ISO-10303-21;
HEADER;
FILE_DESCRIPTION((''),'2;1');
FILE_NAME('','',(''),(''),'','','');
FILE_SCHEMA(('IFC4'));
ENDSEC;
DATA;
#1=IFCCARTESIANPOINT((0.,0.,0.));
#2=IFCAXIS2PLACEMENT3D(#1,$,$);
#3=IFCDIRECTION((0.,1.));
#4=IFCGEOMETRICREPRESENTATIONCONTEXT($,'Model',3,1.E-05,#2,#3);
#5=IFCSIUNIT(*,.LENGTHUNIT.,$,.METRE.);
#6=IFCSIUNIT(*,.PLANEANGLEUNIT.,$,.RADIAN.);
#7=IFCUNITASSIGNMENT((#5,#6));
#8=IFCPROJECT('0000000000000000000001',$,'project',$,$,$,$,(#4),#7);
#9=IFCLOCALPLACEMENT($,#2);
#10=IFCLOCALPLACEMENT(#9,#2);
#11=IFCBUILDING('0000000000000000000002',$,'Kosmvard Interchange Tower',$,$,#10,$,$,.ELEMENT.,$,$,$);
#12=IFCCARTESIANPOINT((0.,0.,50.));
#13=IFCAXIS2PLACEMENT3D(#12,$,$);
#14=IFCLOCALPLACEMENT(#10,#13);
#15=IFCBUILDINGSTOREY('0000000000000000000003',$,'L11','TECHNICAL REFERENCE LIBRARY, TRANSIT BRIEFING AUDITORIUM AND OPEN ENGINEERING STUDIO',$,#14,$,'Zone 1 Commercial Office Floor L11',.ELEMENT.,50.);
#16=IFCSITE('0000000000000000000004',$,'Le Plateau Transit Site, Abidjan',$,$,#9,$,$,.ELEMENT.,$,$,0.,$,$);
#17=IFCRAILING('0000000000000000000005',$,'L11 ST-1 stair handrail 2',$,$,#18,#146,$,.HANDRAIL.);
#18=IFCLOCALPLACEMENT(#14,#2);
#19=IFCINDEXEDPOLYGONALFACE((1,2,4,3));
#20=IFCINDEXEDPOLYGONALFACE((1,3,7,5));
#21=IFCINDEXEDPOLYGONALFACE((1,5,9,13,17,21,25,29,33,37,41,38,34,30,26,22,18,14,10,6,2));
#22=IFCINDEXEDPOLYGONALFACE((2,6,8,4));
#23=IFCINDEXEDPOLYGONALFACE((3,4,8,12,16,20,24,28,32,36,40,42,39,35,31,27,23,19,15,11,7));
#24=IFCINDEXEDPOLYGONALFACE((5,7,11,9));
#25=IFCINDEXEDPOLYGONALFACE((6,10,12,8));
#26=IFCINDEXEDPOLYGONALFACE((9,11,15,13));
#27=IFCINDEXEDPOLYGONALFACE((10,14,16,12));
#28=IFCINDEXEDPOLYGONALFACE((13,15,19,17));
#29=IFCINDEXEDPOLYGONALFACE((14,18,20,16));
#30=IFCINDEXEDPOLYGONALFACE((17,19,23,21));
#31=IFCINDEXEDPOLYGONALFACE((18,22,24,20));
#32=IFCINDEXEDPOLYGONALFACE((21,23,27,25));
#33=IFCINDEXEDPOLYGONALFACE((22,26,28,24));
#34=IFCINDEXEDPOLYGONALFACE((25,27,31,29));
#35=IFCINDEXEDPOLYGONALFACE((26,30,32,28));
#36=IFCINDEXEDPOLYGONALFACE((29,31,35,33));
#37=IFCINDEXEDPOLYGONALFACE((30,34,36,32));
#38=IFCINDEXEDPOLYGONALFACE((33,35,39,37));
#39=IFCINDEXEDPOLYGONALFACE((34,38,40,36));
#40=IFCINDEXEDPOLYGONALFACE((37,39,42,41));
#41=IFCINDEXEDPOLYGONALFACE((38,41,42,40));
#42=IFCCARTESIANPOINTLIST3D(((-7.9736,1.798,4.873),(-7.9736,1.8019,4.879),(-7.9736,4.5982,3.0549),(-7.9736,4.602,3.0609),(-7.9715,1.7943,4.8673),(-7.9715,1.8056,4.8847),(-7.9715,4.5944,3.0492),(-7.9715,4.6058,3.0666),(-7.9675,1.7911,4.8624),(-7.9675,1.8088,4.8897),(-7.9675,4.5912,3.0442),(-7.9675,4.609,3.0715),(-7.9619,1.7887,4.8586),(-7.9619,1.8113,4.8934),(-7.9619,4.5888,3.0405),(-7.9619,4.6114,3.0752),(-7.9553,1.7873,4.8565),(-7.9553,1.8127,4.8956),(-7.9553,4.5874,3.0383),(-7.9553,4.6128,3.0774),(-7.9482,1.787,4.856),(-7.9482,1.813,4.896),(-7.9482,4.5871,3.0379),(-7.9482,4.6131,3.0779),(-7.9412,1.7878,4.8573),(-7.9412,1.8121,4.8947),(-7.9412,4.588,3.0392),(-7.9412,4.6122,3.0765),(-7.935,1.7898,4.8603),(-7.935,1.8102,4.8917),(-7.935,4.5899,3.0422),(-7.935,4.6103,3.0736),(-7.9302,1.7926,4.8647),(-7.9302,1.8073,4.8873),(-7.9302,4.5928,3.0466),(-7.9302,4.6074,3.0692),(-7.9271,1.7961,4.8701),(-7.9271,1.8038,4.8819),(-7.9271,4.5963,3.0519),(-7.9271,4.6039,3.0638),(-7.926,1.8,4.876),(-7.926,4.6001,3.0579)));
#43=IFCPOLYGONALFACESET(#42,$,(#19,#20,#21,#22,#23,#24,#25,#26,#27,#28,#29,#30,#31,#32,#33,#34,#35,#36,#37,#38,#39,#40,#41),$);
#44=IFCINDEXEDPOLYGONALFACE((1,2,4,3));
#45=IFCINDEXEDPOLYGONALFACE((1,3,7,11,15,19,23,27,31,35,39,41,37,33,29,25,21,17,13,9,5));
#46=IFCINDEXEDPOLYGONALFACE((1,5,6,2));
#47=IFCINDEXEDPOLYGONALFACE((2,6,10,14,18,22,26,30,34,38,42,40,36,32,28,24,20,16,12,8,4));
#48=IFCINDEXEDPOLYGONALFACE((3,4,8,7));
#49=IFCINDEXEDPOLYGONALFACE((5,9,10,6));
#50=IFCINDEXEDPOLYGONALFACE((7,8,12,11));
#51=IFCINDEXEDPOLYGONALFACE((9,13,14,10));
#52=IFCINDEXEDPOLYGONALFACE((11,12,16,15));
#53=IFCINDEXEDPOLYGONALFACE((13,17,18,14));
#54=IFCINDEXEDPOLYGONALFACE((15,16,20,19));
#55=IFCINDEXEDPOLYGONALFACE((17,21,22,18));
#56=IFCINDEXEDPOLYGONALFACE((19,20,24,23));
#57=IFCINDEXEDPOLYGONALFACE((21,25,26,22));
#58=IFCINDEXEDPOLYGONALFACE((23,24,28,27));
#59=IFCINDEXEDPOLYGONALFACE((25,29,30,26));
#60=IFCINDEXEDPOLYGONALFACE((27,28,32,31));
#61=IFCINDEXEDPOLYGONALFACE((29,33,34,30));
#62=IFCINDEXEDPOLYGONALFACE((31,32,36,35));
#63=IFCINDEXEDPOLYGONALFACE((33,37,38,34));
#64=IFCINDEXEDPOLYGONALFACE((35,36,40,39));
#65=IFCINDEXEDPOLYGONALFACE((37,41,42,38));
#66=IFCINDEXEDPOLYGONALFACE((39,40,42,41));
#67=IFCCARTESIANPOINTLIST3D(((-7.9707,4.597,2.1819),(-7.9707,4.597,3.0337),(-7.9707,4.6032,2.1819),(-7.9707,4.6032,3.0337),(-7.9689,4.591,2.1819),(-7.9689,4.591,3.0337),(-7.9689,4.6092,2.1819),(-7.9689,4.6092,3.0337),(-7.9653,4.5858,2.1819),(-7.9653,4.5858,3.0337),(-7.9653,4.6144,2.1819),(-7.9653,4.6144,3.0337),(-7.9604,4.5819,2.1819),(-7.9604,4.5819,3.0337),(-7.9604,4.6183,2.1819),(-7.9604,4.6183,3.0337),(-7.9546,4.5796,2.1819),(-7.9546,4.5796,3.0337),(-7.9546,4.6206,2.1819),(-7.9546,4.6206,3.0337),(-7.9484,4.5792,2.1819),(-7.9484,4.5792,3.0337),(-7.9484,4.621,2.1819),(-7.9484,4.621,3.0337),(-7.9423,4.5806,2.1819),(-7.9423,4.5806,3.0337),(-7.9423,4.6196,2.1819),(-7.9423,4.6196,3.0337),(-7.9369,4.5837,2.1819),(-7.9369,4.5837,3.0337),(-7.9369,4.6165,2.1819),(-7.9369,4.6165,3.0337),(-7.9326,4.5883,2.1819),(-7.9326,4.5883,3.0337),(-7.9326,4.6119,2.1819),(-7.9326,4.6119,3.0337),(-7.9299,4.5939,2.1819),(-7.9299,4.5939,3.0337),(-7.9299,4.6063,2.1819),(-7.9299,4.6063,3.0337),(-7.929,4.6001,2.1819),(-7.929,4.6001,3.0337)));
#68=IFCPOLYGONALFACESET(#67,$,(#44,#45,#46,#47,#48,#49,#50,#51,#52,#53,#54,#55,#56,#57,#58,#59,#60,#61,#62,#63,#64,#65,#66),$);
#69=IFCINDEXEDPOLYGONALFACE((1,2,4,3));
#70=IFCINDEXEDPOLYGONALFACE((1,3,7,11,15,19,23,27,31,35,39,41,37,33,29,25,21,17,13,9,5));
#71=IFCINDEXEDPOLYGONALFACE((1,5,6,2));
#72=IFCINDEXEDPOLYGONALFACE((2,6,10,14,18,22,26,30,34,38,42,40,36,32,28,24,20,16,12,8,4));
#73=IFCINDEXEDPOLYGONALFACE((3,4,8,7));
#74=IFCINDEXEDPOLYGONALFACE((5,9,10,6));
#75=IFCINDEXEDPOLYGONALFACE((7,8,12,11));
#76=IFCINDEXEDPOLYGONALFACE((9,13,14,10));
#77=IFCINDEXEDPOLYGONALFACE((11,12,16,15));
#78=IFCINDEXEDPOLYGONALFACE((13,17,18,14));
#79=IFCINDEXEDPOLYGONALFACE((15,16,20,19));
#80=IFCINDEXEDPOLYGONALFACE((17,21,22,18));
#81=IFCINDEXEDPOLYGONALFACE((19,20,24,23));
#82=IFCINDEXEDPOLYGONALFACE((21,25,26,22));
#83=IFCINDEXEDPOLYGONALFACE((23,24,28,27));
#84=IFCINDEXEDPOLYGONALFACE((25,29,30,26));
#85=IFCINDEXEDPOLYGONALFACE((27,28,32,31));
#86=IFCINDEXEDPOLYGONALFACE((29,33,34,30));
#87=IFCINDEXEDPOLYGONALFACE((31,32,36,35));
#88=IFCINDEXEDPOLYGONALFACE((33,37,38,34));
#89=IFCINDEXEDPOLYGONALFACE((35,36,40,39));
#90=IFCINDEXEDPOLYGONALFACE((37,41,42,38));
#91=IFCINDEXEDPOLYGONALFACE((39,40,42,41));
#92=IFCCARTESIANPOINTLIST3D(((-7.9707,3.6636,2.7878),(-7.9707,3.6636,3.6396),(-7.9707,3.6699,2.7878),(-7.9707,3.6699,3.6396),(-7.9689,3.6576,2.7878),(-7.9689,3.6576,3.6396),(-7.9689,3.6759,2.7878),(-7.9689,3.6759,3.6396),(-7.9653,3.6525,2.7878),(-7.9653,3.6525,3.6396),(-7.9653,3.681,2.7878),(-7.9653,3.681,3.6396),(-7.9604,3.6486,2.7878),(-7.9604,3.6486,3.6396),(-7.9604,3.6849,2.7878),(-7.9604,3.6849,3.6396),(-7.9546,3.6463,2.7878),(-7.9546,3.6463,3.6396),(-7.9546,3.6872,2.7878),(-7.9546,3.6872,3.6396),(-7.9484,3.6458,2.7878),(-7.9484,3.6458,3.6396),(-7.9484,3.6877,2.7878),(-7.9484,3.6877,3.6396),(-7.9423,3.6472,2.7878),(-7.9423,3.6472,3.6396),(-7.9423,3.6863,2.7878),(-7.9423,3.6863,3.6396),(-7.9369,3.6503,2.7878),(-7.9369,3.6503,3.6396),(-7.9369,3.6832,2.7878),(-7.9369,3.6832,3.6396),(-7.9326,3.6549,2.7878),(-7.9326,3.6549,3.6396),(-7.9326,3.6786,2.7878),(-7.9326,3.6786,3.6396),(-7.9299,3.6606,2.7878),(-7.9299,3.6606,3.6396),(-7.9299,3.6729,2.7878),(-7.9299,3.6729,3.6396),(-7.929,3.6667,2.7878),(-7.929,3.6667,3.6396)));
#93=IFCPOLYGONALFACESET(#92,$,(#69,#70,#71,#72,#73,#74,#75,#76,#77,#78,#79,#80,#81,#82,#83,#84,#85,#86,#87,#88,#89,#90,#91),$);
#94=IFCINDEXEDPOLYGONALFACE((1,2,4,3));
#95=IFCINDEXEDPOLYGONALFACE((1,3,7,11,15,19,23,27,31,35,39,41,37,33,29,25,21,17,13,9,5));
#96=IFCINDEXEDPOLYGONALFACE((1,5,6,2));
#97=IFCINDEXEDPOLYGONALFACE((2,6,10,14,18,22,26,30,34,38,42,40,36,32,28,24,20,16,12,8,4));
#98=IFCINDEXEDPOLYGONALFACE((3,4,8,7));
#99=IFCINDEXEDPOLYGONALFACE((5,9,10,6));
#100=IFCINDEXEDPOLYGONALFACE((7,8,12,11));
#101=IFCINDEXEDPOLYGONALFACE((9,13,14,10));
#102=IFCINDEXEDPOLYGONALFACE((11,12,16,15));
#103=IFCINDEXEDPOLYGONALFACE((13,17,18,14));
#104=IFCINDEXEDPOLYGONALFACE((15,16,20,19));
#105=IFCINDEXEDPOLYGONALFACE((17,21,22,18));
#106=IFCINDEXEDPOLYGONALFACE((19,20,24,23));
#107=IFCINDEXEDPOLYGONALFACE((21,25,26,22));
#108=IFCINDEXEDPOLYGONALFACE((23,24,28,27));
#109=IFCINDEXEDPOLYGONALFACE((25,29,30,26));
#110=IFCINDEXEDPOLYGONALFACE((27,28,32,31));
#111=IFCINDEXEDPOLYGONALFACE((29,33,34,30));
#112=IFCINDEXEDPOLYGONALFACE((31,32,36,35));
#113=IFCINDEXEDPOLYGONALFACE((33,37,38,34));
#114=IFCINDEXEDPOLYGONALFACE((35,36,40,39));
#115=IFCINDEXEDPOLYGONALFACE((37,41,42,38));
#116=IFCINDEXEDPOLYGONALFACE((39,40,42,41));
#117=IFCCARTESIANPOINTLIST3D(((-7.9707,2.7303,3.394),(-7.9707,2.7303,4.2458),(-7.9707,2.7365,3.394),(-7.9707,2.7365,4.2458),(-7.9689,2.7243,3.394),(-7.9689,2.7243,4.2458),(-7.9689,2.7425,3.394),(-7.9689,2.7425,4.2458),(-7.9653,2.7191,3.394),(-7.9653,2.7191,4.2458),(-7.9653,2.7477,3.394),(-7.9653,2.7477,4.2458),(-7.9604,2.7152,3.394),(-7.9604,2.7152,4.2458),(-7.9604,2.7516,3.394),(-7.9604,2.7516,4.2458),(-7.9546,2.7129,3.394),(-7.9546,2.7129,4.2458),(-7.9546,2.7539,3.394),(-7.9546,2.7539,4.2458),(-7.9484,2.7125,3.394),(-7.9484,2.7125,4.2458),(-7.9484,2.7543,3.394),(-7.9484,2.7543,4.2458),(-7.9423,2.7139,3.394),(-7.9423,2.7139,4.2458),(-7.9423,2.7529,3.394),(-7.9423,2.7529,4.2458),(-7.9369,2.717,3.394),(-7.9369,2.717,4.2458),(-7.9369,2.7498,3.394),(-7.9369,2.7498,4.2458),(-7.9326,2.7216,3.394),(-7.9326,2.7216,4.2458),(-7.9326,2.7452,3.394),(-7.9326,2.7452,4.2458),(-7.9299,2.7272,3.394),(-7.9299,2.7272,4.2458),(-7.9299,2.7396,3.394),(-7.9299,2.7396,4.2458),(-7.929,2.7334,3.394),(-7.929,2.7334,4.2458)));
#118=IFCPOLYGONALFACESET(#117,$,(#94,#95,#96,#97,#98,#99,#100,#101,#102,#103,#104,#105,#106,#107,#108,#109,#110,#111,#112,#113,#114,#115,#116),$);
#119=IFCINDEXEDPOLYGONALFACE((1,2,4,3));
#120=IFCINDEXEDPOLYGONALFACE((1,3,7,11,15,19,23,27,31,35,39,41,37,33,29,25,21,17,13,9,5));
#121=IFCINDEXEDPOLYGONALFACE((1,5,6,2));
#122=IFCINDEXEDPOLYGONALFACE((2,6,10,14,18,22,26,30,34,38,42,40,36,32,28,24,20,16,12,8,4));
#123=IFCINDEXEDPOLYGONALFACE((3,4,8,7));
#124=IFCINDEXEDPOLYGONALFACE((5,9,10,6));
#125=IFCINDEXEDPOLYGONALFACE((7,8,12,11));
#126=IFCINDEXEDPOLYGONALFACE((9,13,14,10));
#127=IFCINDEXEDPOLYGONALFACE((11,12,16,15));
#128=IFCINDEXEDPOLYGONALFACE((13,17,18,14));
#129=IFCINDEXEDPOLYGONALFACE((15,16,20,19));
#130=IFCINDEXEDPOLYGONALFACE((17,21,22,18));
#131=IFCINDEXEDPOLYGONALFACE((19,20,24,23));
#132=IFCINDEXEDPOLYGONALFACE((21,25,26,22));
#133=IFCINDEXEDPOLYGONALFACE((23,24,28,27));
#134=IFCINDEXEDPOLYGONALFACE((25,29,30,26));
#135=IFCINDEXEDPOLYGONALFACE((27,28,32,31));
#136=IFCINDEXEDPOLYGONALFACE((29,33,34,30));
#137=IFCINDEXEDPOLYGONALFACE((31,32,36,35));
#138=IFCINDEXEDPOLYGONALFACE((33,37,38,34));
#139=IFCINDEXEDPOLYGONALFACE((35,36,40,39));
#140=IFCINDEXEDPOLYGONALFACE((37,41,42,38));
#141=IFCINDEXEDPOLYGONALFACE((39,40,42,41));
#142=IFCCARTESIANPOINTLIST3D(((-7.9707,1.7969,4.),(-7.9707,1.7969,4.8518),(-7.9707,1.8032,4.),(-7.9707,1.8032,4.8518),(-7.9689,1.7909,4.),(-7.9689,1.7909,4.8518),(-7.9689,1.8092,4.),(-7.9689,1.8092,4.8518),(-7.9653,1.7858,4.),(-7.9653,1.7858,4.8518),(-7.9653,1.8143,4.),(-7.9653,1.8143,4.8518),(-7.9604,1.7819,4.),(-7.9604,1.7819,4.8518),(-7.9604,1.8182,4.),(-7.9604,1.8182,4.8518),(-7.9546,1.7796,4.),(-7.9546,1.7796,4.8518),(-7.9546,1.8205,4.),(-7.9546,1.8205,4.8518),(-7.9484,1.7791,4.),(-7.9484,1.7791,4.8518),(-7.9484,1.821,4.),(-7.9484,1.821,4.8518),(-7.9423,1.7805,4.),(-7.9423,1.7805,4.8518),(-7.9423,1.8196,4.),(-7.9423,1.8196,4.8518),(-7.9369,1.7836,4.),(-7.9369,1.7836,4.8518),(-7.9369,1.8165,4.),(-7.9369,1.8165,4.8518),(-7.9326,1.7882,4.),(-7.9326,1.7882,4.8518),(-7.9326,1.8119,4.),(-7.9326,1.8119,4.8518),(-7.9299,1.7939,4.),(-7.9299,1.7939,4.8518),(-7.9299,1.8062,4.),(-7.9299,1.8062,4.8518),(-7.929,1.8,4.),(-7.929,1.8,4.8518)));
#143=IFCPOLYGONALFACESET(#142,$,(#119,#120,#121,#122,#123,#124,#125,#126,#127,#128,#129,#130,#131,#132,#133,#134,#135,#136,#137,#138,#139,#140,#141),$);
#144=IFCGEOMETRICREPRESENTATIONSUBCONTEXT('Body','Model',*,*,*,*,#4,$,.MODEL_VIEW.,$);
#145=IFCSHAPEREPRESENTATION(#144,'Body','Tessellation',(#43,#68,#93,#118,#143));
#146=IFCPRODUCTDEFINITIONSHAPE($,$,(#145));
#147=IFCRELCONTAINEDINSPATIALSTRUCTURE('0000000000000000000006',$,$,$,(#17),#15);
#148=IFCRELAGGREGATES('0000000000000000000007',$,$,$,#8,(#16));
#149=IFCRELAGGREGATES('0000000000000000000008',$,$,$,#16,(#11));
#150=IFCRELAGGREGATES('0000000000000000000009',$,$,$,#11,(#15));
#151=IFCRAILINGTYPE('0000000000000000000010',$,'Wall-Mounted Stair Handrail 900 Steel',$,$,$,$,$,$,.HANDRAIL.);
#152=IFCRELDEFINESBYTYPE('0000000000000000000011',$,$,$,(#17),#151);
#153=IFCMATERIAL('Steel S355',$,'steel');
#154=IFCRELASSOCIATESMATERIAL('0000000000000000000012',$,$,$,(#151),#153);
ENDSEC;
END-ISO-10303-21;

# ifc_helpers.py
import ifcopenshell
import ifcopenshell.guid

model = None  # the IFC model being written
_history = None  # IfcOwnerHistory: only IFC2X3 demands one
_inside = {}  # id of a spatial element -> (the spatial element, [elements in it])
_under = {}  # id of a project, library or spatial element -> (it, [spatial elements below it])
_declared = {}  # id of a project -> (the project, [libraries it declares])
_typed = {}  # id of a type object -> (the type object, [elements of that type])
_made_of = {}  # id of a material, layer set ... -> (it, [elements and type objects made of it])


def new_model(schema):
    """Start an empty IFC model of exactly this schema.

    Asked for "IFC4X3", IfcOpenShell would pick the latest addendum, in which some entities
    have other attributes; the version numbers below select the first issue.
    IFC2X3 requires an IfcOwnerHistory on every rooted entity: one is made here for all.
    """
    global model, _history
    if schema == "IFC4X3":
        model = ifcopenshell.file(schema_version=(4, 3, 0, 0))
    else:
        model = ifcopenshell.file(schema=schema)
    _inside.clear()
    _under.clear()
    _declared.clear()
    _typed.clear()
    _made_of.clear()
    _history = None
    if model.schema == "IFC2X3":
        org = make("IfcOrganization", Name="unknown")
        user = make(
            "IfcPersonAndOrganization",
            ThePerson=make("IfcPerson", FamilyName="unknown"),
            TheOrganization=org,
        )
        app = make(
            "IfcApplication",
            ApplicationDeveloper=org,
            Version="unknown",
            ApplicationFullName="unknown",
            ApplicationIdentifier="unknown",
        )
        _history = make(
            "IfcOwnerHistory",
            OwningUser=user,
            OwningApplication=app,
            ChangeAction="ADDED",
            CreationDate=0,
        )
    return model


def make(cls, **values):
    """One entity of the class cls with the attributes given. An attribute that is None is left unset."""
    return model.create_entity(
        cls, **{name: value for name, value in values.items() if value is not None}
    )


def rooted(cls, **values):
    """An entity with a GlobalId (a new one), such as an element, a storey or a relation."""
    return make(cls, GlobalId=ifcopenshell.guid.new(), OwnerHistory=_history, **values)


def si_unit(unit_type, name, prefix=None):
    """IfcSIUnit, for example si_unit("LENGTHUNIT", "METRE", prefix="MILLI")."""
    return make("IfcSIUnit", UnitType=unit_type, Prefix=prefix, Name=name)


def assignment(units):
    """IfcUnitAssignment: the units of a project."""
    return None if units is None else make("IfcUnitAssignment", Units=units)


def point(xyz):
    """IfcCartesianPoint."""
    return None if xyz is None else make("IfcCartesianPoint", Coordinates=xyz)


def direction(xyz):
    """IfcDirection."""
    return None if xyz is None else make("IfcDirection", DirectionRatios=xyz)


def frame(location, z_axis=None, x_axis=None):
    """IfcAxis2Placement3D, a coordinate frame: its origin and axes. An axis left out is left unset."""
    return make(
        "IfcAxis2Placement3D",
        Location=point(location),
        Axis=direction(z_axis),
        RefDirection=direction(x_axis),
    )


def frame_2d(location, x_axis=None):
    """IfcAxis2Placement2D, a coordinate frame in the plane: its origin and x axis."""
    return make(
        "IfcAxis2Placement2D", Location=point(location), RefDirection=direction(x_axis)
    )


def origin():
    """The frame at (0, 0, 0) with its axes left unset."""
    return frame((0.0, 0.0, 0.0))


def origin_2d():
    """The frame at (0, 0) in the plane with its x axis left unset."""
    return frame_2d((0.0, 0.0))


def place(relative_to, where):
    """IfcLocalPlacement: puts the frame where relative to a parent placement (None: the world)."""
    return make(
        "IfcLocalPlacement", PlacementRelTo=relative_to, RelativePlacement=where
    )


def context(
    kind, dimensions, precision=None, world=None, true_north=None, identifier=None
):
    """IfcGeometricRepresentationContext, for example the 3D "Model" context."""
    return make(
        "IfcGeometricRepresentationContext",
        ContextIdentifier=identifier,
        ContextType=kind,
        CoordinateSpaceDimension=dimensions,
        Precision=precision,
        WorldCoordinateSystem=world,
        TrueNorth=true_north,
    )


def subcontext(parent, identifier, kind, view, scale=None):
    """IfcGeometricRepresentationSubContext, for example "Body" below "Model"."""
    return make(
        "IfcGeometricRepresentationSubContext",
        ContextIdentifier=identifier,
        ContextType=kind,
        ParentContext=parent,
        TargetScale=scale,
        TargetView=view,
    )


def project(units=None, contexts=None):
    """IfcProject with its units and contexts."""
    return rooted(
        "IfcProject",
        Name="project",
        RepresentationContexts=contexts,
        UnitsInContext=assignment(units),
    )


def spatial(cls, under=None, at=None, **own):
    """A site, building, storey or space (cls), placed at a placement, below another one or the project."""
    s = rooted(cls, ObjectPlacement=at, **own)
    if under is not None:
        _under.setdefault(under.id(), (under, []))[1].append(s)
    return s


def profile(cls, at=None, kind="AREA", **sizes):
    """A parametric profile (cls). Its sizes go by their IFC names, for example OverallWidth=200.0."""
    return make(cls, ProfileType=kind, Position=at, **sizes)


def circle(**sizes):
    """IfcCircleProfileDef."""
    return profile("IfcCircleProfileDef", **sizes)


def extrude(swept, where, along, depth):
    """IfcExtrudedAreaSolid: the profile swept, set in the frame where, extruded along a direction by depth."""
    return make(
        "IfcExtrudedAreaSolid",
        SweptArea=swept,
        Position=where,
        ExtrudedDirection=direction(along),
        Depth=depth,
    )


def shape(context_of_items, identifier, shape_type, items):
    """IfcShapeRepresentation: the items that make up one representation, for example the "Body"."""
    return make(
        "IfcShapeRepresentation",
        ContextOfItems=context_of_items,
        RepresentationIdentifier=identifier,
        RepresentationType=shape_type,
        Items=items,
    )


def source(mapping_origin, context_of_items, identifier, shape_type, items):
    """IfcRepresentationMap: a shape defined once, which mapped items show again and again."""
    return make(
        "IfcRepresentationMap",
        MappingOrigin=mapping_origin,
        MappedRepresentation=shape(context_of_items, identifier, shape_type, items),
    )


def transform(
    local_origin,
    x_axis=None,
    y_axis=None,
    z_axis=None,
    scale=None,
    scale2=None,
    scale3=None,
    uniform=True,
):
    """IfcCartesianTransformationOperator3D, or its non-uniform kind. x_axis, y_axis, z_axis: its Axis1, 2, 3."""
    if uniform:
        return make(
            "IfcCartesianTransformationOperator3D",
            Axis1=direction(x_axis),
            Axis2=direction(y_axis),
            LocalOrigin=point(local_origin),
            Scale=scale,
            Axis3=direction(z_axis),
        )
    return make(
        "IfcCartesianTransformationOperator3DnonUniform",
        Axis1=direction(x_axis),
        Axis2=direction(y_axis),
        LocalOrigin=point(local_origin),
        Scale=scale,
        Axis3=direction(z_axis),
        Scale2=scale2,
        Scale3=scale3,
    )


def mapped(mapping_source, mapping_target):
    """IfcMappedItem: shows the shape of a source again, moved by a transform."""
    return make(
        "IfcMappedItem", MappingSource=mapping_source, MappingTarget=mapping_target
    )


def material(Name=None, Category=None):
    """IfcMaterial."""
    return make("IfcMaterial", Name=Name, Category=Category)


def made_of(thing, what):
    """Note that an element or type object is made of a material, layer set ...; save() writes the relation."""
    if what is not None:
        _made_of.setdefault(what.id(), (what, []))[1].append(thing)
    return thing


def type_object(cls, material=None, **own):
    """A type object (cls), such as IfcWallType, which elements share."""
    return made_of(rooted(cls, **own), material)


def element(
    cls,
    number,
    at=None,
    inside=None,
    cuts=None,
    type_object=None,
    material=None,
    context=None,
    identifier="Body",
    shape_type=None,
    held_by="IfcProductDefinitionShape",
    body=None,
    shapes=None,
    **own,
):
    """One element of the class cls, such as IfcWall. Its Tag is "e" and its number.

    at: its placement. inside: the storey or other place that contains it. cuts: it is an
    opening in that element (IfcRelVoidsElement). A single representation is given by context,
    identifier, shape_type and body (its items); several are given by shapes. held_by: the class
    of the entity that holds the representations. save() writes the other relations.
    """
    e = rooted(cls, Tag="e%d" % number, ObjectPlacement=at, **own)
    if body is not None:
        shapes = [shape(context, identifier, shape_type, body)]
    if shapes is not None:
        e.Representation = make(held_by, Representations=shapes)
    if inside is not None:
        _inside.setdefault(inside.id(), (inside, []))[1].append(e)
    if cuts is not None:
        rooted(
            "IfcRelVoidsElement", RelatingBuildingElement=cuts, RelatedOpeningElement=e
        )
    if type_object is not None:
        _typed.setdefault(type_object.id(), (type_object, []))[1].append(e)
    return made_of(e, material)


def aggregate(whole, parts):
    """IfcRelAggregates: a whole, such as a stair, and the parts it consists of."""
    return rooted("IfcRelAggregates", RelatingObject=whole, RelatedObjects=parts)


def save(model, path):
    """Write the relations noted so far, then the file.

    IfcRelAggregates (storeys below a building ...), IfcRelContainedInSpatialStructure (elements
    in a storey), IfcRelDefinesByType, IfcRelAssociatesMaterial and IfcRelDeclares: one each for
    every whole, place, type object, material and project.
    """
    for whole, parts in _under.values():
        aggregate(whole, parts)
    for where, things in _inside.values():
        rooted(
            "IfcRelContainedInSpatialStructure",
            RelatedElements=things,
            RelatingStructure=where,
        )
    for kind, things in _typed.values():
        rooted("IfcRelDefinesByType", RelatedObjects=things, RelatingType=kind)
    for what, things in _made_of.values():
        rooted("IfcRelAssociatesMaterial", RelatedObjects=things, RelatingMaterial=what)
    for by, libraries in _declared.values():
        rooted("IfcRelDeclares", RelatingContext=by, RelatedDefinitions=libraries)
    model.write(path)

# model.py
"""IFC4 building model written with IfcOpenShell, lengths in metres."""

from ifc_helpers import new_model, si_unit, direction, frame, origin, origin_2d, place, context, subcontext, project, spatial, circle, extrude, source, transform, mapped, material, type_object, element, save


model = new_model("IFC4")

# Units and contexts
model_context = context("Model", 3, precision=1e-05, world=origin(), true_north=direction((0.0, 1.0)))
body_context = subcontext(model_context, "Body", "Model", "MODEL_VIEW")
ifc_project = project(units=[si_unit("LENGTHUNIT", "METRE"), si_unit("PLANEANGLEUNIT", "RADIAN")], contexts=[model_context])

# Site, building, storey
site_placement = place(None, origin())
site = spatial("IfcSite", under=ifc_project, at=site_placement, Name="Le Plateau Transit Site, Abidjan", CompositionType="ELEMENT", RefElevation=0.0)
building_placement = place(site_placement, origin())
building = spatial("IfcBuilding", under=site, at=building_placement, Name="Kosmvard Interchange Tower", CompositionType="ELEMENT")
storey_placement = place(building_placement, frame((0.0, 0.0, 50.0)))
storey = spatial("IfcBuildingStorey", under=building, at=storey_placement, Name="L11", Description="TECHNICAL REFERENCE LIBRARY, TRANSIT BRIEFING AUDITORIUM AND OPEN ENGINEERING STUDIO", LongName="Zone 1 Commercial Office Floor L11", CompositionType="ELEMENT", Elevation=50.0)

# Railing
ifc_material_1 = material(Name="Steel S355", Category="steel")
railing_type_1 = type_object("IfcRailingType", Name="Wall-Mounted Stair Handrail 900 Steel", PredefinedType="HANDRAIL", material=ifc_material_1)
shared_shape_1 = source(origin(), body_context, "Body", "SweptSolid", [
    extrude(circle(Radius=0.0239, at=origin_2d()), frame((0.0, 0.0, 0.876), z_axis=(0.0, -0.838706, 0.544585), x_axis=(1.0, 0.0, 0.0)), (0.0, 0.0, 1.0), 3.3386),
    extrude(circle(Radius=0.021, at=origin_2d()), origin(), (0.0, 0.0, 1.0), 0.8518),
    extrude(circle(Radius=0.021, at=origin_2d()), frame((0.0, -0.9333, 0.606)), (0.0, 0.0, 1.0), 0.8518),
    extrude(circle(Radius=0.021, at=origin_2d()), frame((0.0, -1.8667, 1.2122)), (0.0, 0.0, 1.0), 0.8518),
    extrude(circle(Radius=0.021, at=origin_2d()), frame((0.0, -2.8, 1.8181)), (0.0, 0.0, 1.0), 0.8518),
])
railing_1_placement = place(storey_placement, frame((-7.95, 4.6001, 2.1819)))
element("IfcRailing", 1, at=railing_1_placement, inside=storey, type_object=railing_type_1, Name="L11 ST-1 stair handrail 2", PredefinedType="HANDRAIL", context=body_context, shape_type="MappedRepresentation", body=[
    mapped(shared_shape_1, transform((0.0, 0.0, 0.0), scale=1.0)),
])

save(model, "model.ifc")
